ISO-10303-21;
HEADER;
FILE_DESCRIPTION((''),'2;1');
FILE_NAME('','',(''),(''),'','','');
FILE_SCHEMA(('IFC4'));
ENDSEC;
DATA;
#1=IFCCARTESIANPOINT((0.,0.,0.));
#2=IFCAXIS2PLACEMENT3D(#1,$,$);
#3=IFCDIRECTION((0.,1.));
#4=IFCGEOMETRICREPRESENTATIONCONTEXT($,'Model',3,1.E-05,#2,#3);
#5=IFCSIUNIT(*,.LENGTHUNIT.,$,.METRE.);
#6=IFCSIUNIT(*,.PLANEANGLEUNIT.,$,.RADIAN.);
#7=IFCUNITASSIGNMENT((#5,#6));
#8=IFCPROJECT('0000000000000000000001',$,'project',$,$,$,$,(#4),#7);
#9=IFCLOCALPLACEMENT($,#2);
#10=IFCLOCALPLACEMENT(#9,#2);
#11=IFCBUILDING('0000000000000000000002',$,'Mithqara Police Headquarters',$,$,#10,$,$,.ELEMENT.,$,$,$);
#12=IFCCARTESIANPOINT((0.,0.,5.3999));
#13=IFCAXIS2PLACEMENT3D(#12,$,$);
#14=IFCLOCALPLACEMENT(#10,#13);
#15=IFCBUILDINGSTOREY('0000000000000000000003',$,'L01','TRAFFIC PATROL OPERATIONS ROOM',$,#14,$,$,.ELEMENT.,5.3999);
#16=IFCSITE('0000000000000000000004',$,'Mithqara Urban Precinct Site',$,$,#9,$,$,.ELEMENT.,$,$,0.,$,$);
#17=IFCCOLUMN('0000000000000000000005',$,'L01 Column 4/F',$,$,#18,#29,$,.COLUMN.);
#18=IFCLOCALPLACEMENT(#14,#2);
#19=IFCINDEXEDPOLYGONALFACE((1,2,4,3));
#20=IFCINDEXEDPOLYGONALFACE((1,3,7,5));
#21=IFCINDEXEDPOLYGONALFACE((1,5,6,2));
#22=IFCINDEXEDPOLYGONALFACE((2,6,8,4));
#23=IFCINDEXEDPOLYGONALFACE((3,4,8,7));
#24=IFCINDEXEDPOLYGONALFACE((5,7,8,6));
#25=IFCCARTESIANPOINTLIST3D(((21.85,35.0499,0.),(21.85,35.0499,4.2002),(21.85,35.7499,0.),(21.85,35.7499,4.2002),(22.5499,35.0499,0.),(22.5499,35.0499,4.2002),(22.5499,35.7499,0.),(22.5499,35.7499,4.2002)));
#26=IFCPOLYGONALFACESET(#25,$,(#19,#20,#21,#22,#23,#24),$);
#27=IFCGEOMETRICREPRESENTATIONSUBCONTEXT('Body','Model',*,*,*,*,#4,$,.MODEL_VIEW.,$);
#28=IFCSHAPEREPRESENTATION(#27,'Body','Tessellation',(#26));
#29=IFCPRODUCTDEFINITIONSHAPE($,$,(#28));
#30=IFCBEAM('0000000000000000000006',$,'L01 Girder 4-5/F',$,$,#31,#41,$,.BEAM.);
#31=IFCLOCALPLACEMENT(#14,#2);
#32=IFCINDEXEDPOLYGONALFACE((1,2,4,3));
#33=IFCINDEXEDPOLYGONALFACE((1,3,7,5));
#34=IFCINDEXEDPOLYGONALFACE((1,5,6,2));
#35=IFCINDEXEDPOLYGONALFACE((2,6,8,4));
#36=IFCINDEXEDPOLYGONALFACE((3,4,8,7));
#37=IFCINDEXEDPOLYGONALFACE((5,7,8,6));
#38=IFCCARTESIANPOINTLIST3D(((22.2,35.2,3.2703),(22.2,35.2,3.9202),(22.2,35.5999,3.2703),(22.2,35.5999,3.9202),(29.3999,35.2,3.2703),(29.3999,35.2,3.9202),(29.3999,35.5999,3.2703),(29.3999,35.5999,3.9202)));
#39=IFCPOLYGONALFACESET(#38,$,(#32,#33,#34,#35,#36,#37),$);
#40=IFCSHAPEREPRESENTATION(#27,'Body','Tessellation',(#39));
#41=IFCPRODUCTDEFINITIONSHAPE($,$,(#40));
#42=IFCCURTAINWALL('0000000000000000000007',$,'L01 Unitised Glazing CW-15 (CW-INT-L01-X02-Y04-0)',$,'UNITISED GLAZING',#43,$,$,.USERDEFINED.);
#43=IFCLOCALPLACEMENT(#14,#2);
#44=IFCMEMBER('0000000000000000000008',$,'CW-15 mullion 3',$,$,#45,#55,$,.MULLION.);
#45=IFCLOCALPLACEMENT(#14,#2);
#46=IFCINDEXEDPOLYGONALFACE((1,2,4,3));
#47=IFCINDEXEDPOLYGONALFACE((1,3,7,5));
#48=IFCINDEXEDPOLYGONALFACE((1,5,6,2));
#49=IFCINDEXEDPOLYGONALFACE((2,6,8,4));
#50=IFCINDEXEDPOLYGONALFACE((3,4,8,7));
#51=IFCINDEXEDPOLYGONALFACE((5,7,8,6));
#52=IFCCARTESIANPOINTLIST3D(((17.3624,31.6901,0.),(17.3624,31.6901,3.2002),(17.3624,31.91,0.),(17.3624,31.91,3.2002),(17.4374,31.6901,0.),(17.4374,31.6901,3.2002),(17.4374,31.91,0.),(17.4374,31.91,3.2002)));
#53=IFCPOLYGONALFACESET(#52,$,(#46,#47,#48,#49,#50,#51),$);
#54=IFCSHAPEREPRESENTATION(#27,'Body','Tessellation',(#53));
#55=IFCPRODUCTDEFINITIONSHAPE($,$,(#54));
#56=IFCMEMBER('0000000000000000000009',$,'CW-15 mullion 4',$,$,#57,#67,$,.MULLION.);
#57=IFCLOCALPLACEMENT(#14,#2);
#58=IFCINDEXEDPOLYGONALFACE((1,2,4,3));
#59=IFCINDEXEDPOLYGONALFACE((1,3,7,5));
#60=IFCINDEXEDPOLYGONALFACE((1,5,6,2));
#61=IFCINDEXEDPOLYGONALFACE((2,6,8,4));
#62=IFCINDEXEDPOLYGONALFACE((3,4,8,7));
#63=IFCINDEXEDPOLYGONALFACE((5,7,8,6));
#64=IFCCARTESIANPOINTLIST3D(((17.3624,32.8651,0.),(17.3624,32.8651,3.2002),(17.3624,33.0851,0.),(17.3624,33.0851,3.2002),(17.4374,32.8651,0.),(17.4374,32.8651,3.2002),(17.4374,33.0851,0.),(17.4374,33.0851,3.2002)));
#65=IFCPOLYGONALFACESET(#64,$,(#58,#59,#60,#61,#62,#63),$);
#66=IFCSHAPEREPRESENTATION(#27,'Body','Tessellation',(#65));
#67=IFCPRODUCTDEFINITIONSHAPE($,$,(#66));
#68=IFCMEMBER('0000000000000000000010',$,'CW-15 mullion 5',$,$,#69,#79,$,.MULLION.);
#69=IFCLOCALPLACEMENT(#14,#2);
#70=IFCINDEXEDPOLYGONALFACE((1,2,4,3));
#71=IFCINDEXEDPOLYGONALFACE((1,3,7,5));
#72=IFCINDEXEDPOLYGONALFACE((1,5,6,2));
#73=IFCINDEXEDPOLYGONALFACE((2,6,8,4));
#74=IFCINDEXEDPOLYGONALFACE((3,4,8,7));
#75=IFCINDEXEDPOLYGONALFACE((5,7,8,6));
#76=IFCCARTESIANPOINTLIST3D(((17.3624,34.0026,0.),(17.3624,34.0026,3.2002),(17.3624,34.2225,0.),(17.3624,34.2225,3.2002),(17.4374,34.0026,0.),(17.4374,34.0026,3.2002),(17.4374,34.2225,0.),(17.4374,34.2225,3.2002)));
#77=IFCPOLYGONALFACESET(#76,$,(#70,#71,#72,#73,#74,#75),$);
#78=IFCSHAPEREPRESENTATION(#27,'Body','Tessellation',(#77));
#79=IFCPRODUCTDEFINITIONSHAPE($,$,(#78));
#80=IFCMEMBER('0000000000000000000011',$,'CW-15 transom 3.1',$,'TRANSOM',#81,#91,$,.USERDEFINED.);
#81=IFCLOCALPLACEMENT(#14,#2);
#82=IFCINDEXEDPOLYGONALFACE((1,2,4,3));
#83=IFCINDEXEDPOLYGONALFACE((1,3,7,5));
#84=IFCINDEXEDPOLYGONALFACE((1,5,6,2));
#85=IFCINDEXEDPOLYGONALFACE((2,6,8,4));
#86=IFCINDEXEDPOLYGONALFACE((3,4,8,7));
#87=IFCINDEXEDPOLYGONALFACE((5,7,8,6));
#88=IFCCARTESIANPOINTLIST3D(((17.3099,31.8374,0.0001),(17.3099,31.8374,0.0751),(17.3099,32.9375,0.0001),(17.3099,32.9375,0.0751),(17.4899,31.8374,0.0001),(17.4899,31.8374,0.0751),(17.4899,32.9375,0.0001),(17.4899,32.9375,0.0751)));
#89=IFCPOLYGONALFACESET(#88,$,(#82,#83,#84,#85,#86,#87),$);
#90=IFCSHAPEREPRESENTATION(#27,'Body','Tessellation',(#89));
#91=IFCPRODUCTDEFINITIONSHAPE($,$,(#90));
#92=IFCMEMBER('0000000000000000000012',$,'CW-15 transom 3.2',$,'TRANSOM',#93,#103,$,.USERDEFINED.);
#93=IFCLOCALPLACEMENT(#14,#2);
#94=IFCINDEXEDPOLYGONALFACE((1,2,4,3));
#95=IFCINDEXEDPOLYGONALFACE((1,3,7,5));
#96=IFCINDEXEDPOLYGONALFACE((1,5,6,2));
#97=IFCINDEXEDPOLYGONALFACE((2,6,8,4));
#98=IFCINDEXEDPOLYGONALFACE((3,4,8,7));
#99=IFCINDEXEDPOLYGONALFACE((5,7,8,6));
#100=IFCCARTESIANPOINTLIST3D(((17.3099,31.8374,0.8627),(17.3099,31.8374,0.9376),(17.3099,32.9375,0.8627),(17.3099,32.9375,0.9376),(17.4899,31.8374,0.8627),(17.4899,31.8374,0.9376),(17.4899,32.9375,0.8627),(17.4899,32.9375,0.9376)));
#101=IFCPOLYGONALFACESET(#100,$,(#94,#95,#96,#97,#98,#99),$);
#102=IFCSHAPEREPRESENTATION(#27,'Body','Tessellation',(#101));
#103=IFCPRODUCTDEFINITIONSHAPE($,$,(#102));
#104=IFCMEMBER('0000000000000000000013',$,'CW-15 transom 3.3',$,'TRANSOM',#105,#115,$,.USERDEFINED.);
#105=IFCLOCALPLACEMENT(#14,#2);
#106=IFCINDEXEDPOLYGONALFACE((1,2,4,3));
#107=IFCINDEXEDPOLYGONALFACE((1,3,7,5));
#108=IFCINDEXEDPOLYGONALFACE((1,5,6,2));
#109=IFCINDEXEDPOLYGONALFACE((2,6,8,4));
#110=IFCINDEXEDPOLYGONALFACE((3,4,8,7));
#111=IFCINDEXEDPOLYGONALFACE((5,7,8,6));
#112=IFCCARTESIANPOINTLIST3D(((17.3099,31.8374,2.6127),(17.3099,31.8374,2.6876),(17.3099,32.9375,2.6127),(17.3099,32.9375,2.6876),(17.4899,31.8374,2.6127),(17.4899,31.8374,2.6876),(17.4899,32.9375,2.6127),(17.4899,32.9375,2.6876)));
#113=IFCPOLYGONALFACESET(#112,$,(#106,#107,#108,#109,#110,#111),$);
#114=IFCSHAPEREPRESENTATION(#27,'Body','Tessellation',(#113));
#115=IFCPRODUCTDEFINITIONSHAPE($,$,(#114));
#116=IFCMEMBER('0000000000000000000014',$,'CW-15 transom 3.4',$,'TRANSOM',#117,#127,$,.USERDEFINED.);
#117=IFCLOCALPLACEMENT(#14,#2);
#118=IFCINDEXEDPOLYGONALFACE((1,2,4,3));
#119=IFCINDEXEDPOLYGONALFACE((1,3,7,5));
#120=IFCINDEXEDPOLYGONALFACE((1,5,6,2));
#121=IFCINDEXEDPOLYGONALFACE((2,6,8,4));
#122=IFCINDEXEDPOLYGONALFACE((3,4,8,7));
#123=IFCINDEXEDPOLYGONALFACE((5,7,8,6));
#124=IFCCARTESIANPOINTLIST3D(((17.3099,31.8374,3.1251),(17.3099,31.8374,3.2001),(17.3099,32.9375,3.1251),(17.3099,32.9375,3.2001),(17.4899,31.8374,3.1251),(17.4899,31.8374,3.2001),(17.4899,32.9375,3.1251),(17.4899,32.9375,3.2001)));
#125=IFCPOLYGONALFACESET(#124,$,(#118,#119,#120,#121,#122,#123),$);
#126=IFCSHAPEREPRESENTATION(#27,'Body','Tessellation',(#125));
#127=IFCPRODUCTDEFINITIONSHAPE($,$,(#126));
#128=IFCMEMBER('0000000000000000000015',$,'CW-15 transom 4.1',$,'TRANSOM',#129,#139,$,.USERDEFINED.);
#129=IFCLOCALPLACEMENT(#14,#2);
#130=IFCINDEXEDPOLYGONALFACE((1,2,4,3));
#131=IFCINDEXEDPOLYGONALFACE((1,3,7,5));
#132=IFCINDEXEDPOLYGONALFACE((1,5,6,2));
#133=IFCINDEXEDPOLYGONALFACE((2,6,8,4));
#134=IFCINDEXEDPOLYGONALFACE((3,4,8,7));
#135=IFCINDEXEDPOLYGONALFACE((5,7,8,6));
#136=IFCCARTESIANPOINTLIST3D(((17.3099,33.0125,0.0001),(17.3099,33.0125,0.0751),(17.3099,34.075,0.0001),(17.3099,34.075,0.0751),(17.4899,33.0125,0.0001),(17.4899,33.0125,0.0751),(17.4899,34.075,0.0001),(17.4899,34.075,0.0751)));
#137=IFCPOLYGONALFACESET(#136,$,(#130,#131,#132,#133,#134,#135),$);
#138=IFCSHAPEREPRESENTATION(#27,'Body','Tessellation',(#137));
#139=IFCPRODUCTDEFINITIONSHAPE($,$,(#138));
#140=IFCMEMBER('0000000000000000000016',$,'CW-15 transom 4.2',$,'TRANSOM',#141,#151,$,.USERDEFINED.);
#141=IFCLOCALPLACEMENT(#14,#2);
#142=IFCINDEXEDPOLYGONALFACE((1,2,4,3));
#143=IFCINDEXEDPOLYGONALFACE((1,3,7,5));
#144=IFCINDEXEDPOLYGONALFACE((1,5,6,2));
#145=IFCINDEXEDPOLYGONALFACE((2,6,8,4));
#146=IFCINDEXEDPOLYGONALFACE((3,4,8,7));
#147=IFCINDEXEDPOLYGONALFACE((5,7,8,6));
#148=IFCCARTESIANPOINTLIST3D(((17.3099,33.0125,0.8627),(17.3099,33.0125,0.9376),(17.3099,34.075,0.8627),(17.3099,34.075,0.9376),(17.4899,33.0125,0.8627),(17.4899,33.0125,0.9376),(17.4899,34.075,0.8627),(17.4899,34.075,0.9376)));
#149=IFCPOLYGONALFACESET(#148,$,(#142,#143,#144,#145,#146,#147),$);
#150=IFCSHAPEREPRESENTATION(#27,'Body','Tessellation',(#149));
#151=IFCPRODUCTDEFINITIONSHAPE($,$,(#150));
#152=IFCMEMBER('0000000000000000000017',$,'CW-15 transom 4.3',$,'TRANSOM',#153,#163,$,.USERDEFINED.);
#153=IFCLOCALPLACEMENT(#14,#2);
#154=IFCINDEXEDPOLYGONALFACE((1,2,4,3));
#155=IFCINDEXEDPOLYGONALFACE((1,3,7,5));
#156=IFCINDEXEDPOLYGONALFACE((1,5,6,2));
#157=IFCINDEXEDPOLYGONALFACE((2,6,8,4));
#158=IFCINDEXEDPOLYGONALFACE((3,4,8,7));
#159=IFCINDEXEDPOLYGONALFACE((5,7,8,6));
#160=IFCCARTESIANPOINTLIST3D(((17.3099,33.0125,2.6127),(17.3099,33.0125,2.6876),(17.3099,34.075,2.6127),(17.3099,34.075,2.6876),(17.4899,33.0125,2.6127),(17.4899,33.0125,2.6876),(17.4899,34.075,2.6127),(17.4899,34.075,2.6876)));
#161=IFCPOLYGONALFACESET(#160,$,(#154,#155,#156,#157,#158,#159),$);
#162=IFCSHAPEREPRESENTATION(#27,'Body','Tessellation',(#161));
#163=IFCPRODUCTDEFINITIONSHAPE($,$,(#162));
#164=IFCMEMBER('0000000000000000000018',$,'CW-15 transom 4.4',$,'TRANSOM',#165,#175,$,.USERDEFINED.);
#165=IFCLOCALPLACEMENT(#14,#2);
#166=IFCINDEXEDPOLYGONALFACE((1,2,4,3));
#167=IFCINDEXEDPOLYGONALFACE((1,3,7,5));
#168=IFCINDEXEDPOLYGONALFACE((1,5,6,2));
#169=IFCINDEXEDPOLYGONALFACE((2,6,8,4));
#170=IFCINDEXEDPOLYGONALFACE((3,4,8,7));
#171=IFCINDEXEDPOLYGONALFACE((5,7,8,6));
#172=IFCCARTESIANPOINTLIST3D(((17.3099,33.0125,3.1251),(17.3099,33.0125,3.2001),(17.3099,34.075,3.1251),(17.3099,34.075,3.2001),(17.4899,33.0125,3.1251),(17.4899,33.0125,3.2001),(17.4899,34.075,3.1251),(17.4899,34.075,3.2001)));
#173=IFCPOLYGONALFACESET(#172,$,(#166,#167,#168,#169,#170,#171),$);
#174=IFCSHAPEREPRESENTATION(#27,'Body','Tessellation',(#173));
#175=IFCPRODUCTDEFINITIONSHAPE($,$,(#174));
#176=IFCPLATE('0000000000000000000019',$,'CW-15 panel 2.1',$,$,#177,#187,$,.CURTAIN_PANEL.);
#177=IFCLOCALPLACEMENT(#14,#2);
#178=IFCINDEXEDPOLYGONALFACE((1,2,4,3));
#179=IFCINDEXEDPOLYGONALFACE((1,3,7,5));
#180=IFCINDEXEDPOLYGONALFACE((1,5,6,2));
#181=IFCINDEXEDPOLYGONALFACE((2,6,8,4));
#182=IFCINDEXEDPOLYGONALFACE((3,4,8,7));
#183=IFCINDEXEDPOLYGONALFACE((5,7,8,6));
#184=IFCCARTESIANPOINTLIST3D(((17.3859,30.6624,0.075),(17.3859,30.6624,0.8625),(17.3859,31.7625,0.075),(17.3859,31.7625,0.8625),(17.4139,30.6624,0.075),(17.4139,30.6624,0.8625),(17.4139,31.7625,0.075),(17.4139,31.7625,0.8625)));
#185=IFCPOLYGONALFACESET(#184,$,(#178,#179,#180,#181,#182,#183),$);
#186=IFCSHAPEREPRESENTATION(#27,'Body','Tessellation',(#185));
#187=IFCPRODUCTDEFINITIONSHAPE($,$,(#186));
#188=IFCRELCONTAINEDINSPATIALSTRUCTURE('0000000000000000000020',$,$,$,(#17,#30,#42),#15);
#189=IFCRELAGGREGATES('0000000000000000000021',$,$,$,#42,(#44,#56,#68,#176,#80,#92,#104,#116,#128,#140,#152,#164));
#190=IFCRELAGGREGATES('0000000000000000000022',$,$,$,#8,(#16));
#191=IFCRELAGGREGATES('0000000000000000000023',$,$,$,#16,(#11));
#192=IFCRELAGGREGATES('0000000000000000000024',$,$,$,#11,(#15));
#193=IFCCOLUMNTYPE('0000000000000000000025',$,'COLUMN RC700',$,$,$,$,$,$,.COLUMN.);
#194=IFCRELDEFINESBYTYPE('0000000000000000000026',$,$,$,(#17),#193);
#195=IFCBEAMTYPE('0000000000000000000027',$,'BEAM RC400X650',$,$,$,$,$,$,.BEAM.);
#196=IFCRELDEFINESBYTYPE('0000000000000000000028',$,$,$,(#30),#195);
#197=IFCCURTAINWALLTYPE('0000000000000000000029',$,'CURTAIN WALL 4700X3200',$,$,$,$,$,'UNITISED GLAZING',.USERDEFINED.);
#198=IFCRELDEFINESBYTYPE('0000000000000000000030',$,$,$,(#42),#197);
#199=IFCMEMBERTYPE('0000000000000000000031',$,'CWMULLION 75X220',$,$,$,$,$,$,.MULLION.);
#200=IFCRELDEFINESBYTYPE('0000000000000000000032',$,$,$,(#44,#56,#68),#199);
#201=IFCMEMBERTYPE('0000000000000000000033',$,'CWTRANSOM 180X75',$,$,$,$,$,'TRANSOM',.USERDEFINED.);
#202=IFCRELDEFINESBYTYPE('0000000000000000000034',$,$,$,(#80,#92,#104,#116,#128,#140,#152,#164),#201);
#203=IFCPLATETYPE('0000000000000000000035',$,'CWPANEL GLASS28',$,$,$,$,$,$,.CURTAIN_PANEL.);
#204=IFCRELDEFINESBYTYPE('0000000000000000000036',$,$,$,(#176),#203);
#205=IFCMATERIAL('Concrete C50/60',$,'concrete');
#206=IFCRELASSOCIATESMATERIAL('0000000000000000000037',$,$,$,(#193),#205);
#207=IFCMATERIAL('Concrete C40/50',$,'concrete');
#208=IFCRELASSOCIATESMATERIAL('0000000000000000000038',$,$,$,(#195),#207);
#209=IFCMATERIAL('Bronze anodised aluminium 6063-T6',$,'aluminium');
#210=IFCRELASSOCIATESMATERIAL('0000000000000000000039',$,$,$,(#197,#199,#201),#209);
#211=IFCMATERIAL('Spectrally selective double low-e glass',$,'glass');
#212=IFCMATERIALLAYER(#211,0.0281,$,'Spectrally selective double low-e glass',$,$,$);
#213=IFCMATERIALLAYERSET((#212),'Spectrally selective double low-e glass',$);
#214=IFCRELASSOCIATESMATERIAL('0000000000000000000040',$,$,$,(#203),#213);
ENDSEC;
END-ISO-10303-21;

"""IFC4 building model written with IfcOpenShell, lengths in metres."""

from ifc_helpers import new_model, si_unit, direction, frame, origin, origin_2d, place, context, subcontext, project, spatial, rectangle, extrude, material, layer, layer_set, material_profile, profile_set, type_object, element, aggregate, save


model = new_model("IFC4")

# Units and contexts
model_context = context("Model", 3, precision=1e-05, world=origin(), true_north=direction((0.0, 1.0)))
body_context = subcontext(model_context, "Body", "Model", "MODEL_VIEW")
ifc_project = project(units=[si_unit("LENGTHUNIT", "METRE"), si_unit("PLANEANGLEUNIT", "RADIAN")], contexts=[model_context])

# Site, building, storey
site_placement = place(None, origin())
site = spatial("IfcSite", under=ifc_project, at=site_placement, Name="Mithqara Urban Precinct Site", CompositionType="ELEMENT", RefElevation=0.0)
building_placement = place(site_placement, origin())
building = spatial("IfcBuilding", under=site, at=building_placement, Name="Mithqara Police Headquarters", CompositionType="ELEMENT")
storey_placement = place(building_placement, frame((0.0, 0.0, 5.3999)))
storey = spatial("IfcBuildingStorey", under=building, at=storey_placement, Name="L01", Description="TRAFFIC PATROL OPERATIONS ROOM", CompositionType="ELEMENT", Elevation=5.3999)

# Column
ifc_material_1 = material(Name="Concrete C50/60", Category="concrete")
ifc_material_profile_1 = material_profile(ifc_material_1, rectangle(XDim=0.7, YDim=0.7, at=origin_2d()), Name="RC 700x700")
ifc_profile_set_1 = profile_set([ifc_material_profile_1], Name="Concrete C50/60")
column_type = type_object("IfcColumnType", Name="COLUMN RC700", PredefinedType="COLUMN", material=ifc_profile_set_1)
column_placement = place(storey_placement, frame((22.2, 35.3999, 0.0), z_axis=(0.0, 0.0, 1.0), x_axis=(1.0, 0.0, 0.0)))
element("IfcColumn", 1, at=column_placement, inside=storey, type_object=column_type, Name="L01 Column 4/F", PredefinedType="COLUMN", context=body_context, shape_type="SweptSolid", body=[
    extrude(rectangle(XDim=0.7, YDim=0.7, at=origin_2d()), origin(), (0.0, 0.0, 1.0), 4.2002),
])

# Beam
ifc_material_2 = material(Name="Concrete C40/50", Category="concrete")
ifc_material_profile_2 = material_profile(ifc_material_2, rectangle(XDim=0.3999, YDim=0.6499, at=origin_2d()), Name="RC 400x650")
ifc_profile_set_2 = profile_set([ifc_material_profile_2], Name="Concrete C40/50")
beam_type = type_object("IfcBeamType", Name="BEAM RC400X650", PredefinedType="BEAM", material=ifc_profile_set_2)
beam_placement = place(storey_placement, frame((22.2, 35.3999, 3.5952), z_axis=(1.0, 0.0, 0.0), x_axis=(0.0, 1.0, 0.0)))
element("IfcBeam", 2, at=beam_placement, inside=storey, type_object=beam_type, Name="L01 Girder 4-5/F", PredefinedType="BEAM", context=body_context, shape_type="SweptSolid", body=[
    extrude(rectangle(XDim=0.3999, YDim=0.6499, at=origin_2d()), origin(), (0.0, 0.0, 1.0), 7.2),
])

# Curtain wall, members, plate
ifc_material_3 = material(Name="Bronze anodised aluminium 6063-T6", Category="aluminium")
curtain_wall_type = type_object("IfcCurtainWallType", Name="CURTAIN WALL 4700X3200", ElementType="UNITISED GLAZING", PredefinedType="USERDEFINED", material=ifc_material_3)
curtain_wall_placement = place(storey_placement, origin())
curtain_wall = element("IfcCurtainWall", 3, at=curtain_wall_placement, inside=storey, type_object=curtain_wall_type, Name="L01 Unitised Glazing CW-15 (CW-INT-L01-X02-Y04-0)", ObjectType="UNITISED GLAZING", PredefinedType="USERDEFINED")
ifc_material_profile_3 = material_profile(ifc_material_3, rectangle(XDim=0.075, YDim=0.22, at=origin_2d()), Name="CWM 75x220")
ifc_profile_set_3 = profile_set([ifc_material_profile_3], Name="Bronze anodised aluminium 6063-T6")
member_type_1 = type_object("IfcMemberType", Name="CWMULLION 75X220", PredefinedType="MULLION", material=ifc_profile_set_3)
member_1_placement = place(storey_placement, frame((17.3999, 31.8, 0.0), z_axis=(0.0, 0.0, 1.0), x_axis=(-1.0, 0.0, 0.0)))
member_1 = element("IfcMember", 4, at=member_1_placement, type_object=member_type_1, Name="CW-15 mullion 3", PredefinedType="MULLION", context=body_context, shape_type="SweptSolid", body=[
    extrude(rectangle(XDim=0.075, YDim=0.22, at=origin_2d()), origin(), (0.0, 0.0, 1.0), 3.2002),
])
member_2_placement = place(storey_placement, frame((17.3999, 32.9751, 0.0), z_axis=(0.0, 0.0, 1.0), x_axis=(-1.0, 0.0, 0.0)))
member_2 = element("IfcMember", 5, at=member_2_placement, type_object=member_type_1, Name="CW-15 mullion 4", PredefinedType="MULLION", context=body_context, shape_type="SweptSolid", body=[
    extrude(rectangle(XDim=0.075, YDim=0.22, at=origin_2d()), origin(), (0.0, 0.0, 1.0), 3.2002),
])
member_3_placement = place(storey_placement, frame((17.3999, 34.1125, 0.0), z_axis=(0.0, 0.0, 1.0), x_axis=(-1.0, 0.0, 0.0)))
member_3 = element("IfcMember", 6, at=member_3_placement, type_object=member_type_1, Name="CW-15 mullion 5", PredefinedType="MULLION", context=body_context, shape_type="SweptSolid", body=[
    extrude(rectangle(XDim=0.075, YDim=0.22, at=origin_2d()), origin(), (0.0, 0.0, 1.0), 3.2002),
])
ifc_material_profile_4 = material_profile(ifc_material_3, rectangle(XDim=0.1799, YDim=0.075, at=origin_2d()), Name="CWT 180x75")
ifc_profile_set_4 = profile_set([ifc_material_profile_4], Name="Bronze anodised aluminium 6063-T6")
member_type_2 = type_object("IfcMemberType", Name="CWTRANSOM 180X75", ElementType="TRANSOM", PredefinedType="USERDEFINED", material=ifc_profile_set_4)
member_4_placement = place(storey_placement, frame((17.3999, 31.8374, 0.0376), z_axis=(0.0, 1.0, 0.0), x_axis=(-1.0, 0.0, 0.0)))
member_4 = element("IfcMember", 7, at=member_4_placement, type_object=member_type_2, Name="CW-15 transom 3.1", ObjectType="TRANSOM", PredefinedType="USERDEFINED", context=body_context, shape_type="SweptSolid", body=[
    extrude(rectangle(XDim=0.1799, YDim=0.075, at=origin_2d()), origin(), (0.0, 0.0, 1.0), 1.1001),
])
member_5_placement = place(storey_placement, frame((17.3999, 31.8374, 0.9001), z_axis=(0.0, 1.0, 0.0), x_axis=(-1.0, 0.0, 0.0)))
member_5 = element("IfcMember", 8, at=member_5_placement, type_object=member_type_2, Name="CW-15 transom 3.2", ObjectType="TRANSOM", PredefinedType="USERDEFINED", context=body_context, shape_type="SweptSolid", body=[
    extrude(rectangle(XDim=0.1799, YDim=0.075, at=origin_2d()), origin(), (0.0, 0.0, 1.0), 1.1001),
])
member_6_placement = place(storey_placement, frame((17.3999, 31.8374, 2.6501), z_axis=(0.0, 1.0, 0.0), x_axis=(-1.0, 0.0, 0.0)))
member_6 = element("IfcMember", 9, at=member_6_placement, type_object=member_type_2, Name="CW-15 transom 3.3", ObjectType="TRANSOM", PredefinedType="USERDEFINED", context=body_context, shape_type="SweptSolid", body=[
    extrude(rectangle(XDim=0.1799, YDim=0.075, at=origin_2d()), origin(), (0.0, 0.0, 1.0), 1.1001),
])
member_7_placement = place(storey_placement, frame((17.3999, 31.8374, 3.1626), z_axis=(0.0, 1.0, 0.0), x_axis=(-1.0, 0.0, 0.0)))
member_7 = element("IfcMember", 10, at=member_7_placement, type_object=member_type_2, Name="CW-15 transom 3.4", ObjectType="TRANSOM", PredefinedType="USERDEFINED", context=body_context, shape_type="SweptSolid", body=[
    extrude(rectangle(XDim=0.1799, YDim=0.075, at=origin_2d()), origin(), (0.0, 0.0, 1.0), 1.1001),
])
member_8_placement = place(storey_placement, frame((17.3999, 33.0125, 0.0376), z_axis=(0.0, 1.0, 0.0), x_axis=(-1.0, 0.0, 0.0)))
member_8 = element("IfcMember", 11, at=member_8_placement, type_object=member_type_2, Name="CW-15 transom 4.1", ObjectType="TRANSOM", PredefinedType="USERDEFINED", context=body_context, shape_type="SweptSolid", body=[
    extrude(rectangle(XDim=0.1799, YDim=0.075, at=origin_2d()), origin(), (0.0, 0.0, 1.0), 1.0625),
])
member_9_placement = place(storey_placement, frame((17.3999, 33.0125, 0.9001), z_axis=(0.0, 1.0, 0.0), x_axis=(-1.0, 0.0, 0.0)))
member_9 = element("IfcMember", 12, at=member_9_placement, type_object=member_type_2, Name="CW-15 transom 4.2", ObjectType="TRANSOM", PredefinedType="USERDEFINED", context=body_context, shape_type="SweptSolid", body=[
    extrude(rectangle(XDim=0.1799, YDim=0.075, at=origin_2d()), origin(), (0.0, 0.0, 1.0), 1.0625),
])
member_10_placement = place(storey_placement, frame((17.3999, 33.0125, 2.6501), z_axis=(0.0, 1.0, 0.0), x_axis=(-1.0, 0.0, 0.0)))
member_10 = element("IfcMember", 13, at=member_10_placement, type_object=member_type_2, Name="CW-15 transom 4.3", ObjectType="TRANSOM", PredefinedType="USERDEFINED", context=body_context, shape_type="SweptSolid", body=[
    extrude(rectangle(XDim=0.1799, YDim=0.075, at=origin_2d()), origin(), (0.0, 0.0, 1.0), 1.0625),
])
member_11_placement = place(storey_placement, frame((17.3999, 33.0125, 3.1626), z_axis=(0.0, 1.0, 0.0), x_axis=(-1.0, 0.0, 0.0)))
member_11 = element("IfcMember", 14, at=member_11_placement, type_object=member_type_2, Name="CW-15 transom 4.4", ObjectType="TRANSOM", PredefinedType="USERDEFINED", context=body_context, shape_type="SweptSolid", body=[
    extrude(rectangle(XDim=0.1799, YDim=0.075, at=origin_2d()), origin(), (0.0, 0.0, 1.0), 1.0625),
])
ifc_material_4 = material(Name="Spectrally selective double low-e glass", Category="glass")
ifc_layer = layer(ifc_material_4, 0.0281, Name="Spectrally selective double low-e glass")
ifc_layer_set = layer_set([ifc_layer], Name="Spectrally selective double low-e glass")
plate_type = type_object("IfcPlateType", Name="CWPANEL GLASS28", PredefinedType="CURTAIN_PANEL", material=ifc_layer_set)
plate_1_placement = place(storey_placement, frame((17.3999, 31.2124, 0.075), z_axis=(0.0, 0.0, 1.0), x_axis=(0.0, 1.0, 0.0)))
plate_1 = element("IfcPlate", 15, at=plate_1_placement, type_object=plate_type, Name="CW-15 panel 2.1", PredefinedType="CURTAIN_PANEL", context=body_context, shape_type="SweptSolid", body=[
    extrude(rectangle(XDim=1.1001, YDim=0.0281, at=origin_2d()), origin(), (0.0, 0.0, 1.0), 0.7876),
])
aggregate(curtain_wall, [member_1, member_2, member_3, plate_1, member_4, member_5, member_6, member_7, member_8, member_9, member_10, member_11])

save(model, "model.ifc")
